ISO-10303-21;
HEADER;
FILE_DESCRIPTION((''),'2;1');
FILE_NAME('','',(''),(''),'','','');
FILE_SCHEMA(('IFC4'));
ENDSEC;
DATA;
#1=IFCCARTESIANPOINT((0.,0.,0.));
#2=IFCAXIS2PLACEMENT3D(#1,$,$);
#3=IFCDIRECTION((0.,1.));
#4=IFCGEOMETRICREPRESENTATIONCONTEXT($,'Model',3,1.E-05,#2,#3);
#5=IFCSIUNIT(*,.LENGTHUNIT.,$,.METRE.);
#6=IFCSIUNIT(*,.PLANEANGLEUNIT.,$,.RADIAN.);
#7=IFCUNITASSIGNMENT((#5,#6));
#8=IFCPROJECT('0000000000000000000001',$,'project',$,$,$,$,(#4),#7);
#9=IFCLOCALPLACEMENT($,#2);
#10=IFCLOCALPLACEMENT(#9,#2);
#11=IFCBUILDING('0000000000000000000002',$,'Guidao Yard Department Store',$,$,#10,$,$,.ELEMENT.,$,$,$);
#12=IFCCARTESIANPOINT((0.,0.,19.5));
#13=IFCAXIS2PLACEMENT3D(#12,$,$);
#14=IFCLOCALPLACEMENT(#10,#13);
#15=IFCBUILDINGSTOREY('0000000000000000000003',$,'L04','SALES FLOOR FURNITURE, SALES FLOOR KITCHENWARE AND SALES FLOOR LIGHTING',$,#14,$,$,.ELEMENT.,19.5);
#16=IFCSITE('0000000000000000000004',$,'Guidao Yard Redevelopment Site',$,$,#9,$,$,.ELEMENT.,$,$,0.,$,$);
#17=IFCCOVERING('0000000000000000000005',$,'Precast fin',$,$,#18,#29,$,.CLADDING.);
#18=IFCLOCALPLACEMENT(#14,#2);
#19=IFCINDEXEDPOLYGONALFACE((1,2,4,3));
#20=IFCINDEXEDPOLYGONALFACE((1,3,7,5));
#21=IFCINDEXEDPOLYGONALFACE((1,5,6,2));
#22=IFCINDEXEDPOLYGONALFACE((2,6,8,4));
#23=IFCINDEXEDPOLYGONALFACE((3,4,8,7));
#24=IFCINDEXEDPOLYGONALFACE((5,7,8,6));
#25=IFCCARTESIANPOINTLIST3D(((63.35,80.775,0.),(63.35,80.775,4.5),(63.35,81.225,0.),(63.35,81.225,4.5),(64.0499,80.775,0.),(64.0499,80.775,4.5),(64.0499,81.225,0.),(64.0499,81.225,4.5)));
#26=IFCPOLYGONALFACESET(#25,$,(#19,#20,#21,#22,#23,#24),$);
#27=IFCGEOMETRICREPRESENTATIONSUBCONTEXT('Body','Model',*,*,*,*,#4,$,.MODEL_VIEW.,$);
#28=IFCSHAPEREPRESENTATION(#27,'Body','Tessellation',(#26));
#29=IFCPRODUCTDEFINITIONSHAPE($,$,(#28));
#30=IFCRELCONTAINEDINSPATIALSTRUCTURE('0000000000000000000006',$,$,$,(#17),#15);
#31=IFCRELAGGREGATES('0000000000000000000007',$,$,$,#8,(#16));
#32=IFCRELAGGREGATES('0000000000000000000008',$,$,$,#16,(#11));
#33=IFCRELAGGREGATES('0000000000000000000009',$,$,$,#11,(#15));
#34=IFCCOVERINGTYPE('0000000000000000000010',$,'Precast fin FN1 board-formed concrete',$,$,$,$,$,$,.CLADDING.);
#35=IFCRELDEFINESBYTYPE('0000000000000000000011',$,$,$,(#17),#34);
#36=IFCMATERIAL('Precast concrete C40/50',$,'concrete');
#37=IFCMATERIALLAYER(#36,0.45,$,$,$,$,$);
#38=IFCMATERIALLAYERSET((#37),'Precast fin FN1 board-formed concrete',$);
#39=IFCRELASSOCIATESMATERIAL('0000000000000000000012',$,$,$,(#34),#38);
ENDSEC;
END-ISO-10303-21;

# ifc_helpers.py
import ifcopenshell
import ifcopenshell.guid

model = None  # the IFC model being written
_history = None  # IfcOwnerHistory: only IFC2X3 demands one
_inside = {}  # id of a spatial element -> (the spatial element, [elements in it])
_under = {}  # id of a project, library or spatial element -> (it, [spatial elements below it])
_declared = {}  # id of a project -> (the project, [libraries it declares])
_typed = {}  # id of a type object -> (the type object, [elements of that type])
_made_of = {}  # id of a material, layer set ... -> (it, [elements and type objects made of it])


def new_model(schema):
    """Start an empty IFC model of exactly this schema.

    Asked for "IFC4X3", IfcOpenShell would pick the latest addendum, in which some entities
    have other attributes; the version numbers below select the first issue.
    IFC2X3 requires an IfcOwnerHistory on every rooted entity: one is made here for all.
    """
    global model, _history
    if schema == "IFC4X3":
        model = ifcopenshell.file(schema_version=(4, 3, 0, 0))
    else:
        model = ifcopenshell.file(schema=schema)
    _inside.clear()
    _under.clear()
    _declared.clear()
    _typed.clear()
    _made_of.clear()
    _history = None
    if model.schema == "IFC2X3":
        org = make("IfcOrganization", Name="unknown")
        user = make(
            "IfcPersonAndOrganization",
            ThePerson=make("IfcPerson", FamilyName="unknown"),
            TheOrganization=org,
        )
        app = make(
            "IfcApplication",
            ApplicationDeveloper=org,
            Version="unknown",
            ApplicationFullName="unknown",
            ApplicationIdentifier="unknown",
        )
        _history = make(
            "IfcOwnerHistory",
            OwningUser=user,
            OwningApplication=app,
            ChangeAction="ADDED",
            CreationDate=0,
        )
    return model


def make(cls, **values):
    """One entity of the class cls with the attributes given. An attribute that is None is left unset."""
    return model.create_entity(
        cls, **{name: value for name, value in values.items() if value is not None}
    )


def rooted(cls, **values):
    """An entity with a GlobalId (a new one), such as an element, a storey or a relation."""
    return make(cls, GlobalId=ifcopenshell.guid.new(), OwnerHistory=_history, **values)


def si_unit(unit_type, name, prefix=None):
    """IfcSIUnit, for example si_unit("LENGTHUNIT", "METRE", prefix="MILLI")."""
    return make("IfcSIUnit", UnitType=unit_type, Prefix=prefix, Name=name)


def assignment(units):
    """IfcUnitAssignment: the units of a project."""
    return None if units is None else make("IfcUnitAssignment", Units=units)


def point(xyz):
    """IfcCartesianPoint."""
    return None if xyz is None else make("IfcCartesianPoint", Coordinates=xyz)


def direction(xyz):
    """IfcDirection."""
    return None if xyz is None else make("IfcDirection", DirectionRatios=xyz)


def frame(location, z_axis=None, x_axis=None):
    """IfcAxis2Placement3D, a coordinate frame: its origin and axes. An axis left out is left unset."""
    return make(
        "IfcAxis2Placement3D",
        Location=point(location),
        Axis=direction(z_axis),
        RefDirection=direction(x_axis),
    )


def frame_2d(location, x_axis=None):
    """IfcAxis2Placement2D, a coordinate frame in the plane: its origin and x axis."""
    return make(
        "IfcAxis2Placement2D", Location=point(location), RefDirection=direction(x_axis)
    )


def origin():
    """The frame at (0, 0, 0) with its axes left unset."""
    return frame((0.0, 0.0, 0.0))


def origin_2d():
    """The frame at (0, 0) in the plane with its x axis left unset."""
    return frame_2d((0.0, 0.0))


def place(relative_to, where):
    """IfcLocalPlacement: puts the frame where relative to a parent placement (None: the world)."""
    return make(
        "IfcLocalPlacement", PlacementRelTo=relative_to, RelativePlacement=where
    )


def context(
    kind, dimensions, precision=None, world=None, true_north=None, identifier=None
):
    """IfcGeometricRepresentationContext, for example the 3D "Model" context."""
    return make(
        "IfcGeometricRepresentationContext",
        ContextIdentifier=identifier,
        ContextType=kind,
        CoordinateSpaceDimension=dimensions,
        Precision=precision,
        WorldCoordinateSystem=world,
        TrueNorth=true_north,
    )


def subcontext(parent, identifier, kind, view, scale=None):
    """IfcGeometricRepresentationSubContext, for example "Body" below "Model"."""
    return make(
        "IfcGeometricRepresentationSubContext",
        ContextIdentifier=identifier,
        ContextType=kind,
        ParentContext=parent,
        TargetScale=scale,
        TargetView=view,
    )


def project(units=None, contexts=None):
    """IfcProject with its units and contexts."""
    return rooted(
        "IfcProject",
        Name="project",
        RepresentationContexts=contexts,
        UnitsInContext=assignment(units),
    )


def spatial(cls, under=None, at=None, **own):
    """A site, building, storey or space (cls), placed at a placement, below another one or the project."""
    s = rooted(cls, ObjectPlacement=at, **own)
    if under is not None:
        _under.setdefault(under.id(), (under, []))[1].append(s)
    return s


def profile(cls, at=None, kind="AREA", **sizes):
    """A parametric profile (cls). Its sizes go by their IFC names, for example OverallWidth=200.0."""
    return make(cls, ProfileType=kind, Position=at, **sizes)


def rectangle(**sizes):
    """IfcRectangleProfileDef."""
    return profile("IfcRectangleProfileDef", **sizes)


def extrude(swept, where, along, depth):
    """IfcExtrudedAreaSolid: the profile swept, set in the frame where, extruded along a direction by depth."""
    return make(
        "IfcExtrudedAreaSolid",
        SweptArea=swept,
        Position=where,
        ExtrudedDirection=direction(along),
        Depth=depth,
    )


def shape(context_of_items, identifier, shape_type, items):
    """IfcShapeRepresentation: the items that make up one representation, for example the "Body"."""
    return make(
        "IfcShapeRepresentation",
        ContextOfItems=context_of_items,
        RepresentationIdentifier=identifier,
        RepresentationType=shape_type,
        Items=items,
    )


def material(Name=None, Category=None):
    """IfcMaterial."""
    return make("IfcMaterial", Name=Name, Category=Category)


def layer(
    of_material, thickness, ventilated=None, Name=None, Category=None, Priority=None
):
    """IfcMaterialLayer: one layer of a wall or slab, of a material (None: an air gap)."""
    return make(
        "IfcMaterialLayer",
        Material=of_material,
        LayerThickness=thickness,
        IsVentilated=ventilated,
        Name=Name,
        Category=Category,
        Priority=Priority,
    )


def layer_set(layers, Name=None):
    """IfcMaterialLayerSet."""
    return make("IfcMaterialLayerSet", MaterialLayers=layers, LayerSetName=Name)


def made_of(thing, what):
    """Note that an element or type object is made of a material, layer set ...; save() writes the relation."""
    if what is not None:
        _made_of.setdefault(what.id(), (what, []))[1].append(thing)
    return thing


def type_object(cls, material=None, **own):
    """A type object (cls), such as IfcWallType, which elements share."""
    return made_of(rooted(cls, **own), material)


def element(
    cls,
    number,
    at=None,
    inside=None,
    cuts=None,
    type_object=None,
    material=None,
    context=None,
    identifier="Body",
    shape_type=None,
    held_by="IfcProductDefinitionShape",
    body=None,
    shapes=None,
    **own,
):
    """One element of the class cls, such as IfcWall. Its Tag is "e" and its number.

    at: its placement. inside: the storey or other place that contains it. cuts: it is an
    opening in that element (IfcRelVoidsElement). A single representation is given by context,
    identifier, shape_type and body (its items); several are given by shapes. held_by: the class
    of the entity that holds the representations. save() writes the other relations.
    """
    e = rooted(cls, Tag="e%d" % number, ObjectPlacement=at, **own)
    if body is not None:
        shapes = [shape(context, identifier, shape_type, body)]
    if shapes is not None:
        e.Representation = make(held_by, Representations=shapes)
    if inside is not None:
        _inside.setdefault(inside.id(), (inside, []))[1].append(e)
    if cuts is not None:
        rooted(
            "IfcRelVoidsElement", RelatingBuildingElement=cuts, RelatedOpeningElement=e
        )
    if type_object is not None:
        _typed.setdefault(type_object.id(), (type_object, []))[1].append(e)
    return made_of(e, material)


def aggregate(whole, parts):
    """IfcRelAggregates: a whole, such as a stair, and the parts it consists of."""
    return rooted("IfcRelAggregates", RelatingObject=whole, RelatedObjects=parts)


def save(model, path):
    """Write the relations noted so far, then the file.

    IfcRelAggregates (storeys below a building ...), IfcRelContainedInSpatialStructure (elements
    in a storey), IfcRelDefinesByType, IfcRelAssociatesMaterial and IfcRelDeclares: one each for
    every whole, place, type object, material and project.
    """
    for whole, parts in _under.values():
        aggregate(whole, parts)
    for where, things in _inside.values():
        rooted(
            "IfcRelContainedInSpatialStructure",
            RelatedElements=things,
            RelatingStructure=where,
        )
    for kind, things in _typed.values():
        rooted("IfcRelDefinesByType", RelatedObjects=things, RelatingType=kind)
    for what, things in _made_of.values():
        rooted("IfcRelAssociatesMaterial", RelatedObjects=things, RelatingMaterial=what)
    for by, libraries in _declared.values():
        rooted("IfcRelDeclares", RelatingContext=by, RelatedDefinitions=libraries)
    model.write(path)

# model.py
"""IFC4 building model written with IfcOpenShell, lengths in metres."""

from ifc_helpers import new_model, si_unit, direction, frame, origin, origin_2d, place, context, subcontext, project, spatial, rectangle, extrude, material, layer, layer_set, type_object, element, save


model = new_model("IFC4")

# Units and contexts
model_context = context("Model", 3, precision=1e-05, world=origin(), true_north=direction((0.0, 1.0)))
body_context = subcontext(model_context, "Body", "Model", "MODEL_VIEW")
ifc_project = project(units=[si_unit("LENGTHUNIT", "METRE"), si_unit("PLANEANGLEUNIT", "RADIAN")], contexts=[model_context])

# Site, building, storey
site_placement = place(None, origin())
site = spatial("IfcSite", under=ifc_project, at=site_placement, Name="Guidao Yard Redevelopment Site", CompositionType="ELEMENT", RefElevation=0.0)
building_placement = place(site_placement, origin())
building = spatial("IfcBuilding", under=site, at=building_placement, Name="Guidao Yard Department Store", CompositionType="ELEMENT")
storey_placement = place(building_placement, frame((0.0, 0.0, 19.5)))
storey = spatial("IfcBuildingStorey", under=building, at=storey_placement, Name="L04", Description="SALES FLOOR FURNITURE, SALES FLOOR KITCHENWARE AND SALES FLOOR LIGHTING", CompositionType="ELEMENT", Elevation=19.5)

# Covering
ifc_material_1 = material(Name="Precast concrete C40/50", Category="concrete")
ifc_layer_1 = layer(ifc_material_1, 0.45)
ifc_layer_set_1 = layer_set([ifc_layer_1], Name="Precast fin FN1 board-formed concrete")
covering_type = type_object("IfcCoveringType", Name="Precast fin FN1 board-formed concrete", PredefinedType="CLADDING", material=ifc_layer_set_1)
covering_1_placement = place(storey_placement, frame((63.7, 81.0, 0.0), z_axis=(0.0, 0.0, 1.0), x_axis=(0.0, -1.0, 0.0)))
element("IfcCovering", 1, at=covering_1_placement, inside=storey, type_object=covering_type, Name="Precast fin", PredefinedType="CLADDING", context=body_context, shape_type="SweptSolid", body=[
    extrude(rectangle(XDim=0.45, YDim=0.7, at=origin_2d()), origin(), (0.0, 0.0, 1.0), 4.5),
])

save(model, "model.ifc")
